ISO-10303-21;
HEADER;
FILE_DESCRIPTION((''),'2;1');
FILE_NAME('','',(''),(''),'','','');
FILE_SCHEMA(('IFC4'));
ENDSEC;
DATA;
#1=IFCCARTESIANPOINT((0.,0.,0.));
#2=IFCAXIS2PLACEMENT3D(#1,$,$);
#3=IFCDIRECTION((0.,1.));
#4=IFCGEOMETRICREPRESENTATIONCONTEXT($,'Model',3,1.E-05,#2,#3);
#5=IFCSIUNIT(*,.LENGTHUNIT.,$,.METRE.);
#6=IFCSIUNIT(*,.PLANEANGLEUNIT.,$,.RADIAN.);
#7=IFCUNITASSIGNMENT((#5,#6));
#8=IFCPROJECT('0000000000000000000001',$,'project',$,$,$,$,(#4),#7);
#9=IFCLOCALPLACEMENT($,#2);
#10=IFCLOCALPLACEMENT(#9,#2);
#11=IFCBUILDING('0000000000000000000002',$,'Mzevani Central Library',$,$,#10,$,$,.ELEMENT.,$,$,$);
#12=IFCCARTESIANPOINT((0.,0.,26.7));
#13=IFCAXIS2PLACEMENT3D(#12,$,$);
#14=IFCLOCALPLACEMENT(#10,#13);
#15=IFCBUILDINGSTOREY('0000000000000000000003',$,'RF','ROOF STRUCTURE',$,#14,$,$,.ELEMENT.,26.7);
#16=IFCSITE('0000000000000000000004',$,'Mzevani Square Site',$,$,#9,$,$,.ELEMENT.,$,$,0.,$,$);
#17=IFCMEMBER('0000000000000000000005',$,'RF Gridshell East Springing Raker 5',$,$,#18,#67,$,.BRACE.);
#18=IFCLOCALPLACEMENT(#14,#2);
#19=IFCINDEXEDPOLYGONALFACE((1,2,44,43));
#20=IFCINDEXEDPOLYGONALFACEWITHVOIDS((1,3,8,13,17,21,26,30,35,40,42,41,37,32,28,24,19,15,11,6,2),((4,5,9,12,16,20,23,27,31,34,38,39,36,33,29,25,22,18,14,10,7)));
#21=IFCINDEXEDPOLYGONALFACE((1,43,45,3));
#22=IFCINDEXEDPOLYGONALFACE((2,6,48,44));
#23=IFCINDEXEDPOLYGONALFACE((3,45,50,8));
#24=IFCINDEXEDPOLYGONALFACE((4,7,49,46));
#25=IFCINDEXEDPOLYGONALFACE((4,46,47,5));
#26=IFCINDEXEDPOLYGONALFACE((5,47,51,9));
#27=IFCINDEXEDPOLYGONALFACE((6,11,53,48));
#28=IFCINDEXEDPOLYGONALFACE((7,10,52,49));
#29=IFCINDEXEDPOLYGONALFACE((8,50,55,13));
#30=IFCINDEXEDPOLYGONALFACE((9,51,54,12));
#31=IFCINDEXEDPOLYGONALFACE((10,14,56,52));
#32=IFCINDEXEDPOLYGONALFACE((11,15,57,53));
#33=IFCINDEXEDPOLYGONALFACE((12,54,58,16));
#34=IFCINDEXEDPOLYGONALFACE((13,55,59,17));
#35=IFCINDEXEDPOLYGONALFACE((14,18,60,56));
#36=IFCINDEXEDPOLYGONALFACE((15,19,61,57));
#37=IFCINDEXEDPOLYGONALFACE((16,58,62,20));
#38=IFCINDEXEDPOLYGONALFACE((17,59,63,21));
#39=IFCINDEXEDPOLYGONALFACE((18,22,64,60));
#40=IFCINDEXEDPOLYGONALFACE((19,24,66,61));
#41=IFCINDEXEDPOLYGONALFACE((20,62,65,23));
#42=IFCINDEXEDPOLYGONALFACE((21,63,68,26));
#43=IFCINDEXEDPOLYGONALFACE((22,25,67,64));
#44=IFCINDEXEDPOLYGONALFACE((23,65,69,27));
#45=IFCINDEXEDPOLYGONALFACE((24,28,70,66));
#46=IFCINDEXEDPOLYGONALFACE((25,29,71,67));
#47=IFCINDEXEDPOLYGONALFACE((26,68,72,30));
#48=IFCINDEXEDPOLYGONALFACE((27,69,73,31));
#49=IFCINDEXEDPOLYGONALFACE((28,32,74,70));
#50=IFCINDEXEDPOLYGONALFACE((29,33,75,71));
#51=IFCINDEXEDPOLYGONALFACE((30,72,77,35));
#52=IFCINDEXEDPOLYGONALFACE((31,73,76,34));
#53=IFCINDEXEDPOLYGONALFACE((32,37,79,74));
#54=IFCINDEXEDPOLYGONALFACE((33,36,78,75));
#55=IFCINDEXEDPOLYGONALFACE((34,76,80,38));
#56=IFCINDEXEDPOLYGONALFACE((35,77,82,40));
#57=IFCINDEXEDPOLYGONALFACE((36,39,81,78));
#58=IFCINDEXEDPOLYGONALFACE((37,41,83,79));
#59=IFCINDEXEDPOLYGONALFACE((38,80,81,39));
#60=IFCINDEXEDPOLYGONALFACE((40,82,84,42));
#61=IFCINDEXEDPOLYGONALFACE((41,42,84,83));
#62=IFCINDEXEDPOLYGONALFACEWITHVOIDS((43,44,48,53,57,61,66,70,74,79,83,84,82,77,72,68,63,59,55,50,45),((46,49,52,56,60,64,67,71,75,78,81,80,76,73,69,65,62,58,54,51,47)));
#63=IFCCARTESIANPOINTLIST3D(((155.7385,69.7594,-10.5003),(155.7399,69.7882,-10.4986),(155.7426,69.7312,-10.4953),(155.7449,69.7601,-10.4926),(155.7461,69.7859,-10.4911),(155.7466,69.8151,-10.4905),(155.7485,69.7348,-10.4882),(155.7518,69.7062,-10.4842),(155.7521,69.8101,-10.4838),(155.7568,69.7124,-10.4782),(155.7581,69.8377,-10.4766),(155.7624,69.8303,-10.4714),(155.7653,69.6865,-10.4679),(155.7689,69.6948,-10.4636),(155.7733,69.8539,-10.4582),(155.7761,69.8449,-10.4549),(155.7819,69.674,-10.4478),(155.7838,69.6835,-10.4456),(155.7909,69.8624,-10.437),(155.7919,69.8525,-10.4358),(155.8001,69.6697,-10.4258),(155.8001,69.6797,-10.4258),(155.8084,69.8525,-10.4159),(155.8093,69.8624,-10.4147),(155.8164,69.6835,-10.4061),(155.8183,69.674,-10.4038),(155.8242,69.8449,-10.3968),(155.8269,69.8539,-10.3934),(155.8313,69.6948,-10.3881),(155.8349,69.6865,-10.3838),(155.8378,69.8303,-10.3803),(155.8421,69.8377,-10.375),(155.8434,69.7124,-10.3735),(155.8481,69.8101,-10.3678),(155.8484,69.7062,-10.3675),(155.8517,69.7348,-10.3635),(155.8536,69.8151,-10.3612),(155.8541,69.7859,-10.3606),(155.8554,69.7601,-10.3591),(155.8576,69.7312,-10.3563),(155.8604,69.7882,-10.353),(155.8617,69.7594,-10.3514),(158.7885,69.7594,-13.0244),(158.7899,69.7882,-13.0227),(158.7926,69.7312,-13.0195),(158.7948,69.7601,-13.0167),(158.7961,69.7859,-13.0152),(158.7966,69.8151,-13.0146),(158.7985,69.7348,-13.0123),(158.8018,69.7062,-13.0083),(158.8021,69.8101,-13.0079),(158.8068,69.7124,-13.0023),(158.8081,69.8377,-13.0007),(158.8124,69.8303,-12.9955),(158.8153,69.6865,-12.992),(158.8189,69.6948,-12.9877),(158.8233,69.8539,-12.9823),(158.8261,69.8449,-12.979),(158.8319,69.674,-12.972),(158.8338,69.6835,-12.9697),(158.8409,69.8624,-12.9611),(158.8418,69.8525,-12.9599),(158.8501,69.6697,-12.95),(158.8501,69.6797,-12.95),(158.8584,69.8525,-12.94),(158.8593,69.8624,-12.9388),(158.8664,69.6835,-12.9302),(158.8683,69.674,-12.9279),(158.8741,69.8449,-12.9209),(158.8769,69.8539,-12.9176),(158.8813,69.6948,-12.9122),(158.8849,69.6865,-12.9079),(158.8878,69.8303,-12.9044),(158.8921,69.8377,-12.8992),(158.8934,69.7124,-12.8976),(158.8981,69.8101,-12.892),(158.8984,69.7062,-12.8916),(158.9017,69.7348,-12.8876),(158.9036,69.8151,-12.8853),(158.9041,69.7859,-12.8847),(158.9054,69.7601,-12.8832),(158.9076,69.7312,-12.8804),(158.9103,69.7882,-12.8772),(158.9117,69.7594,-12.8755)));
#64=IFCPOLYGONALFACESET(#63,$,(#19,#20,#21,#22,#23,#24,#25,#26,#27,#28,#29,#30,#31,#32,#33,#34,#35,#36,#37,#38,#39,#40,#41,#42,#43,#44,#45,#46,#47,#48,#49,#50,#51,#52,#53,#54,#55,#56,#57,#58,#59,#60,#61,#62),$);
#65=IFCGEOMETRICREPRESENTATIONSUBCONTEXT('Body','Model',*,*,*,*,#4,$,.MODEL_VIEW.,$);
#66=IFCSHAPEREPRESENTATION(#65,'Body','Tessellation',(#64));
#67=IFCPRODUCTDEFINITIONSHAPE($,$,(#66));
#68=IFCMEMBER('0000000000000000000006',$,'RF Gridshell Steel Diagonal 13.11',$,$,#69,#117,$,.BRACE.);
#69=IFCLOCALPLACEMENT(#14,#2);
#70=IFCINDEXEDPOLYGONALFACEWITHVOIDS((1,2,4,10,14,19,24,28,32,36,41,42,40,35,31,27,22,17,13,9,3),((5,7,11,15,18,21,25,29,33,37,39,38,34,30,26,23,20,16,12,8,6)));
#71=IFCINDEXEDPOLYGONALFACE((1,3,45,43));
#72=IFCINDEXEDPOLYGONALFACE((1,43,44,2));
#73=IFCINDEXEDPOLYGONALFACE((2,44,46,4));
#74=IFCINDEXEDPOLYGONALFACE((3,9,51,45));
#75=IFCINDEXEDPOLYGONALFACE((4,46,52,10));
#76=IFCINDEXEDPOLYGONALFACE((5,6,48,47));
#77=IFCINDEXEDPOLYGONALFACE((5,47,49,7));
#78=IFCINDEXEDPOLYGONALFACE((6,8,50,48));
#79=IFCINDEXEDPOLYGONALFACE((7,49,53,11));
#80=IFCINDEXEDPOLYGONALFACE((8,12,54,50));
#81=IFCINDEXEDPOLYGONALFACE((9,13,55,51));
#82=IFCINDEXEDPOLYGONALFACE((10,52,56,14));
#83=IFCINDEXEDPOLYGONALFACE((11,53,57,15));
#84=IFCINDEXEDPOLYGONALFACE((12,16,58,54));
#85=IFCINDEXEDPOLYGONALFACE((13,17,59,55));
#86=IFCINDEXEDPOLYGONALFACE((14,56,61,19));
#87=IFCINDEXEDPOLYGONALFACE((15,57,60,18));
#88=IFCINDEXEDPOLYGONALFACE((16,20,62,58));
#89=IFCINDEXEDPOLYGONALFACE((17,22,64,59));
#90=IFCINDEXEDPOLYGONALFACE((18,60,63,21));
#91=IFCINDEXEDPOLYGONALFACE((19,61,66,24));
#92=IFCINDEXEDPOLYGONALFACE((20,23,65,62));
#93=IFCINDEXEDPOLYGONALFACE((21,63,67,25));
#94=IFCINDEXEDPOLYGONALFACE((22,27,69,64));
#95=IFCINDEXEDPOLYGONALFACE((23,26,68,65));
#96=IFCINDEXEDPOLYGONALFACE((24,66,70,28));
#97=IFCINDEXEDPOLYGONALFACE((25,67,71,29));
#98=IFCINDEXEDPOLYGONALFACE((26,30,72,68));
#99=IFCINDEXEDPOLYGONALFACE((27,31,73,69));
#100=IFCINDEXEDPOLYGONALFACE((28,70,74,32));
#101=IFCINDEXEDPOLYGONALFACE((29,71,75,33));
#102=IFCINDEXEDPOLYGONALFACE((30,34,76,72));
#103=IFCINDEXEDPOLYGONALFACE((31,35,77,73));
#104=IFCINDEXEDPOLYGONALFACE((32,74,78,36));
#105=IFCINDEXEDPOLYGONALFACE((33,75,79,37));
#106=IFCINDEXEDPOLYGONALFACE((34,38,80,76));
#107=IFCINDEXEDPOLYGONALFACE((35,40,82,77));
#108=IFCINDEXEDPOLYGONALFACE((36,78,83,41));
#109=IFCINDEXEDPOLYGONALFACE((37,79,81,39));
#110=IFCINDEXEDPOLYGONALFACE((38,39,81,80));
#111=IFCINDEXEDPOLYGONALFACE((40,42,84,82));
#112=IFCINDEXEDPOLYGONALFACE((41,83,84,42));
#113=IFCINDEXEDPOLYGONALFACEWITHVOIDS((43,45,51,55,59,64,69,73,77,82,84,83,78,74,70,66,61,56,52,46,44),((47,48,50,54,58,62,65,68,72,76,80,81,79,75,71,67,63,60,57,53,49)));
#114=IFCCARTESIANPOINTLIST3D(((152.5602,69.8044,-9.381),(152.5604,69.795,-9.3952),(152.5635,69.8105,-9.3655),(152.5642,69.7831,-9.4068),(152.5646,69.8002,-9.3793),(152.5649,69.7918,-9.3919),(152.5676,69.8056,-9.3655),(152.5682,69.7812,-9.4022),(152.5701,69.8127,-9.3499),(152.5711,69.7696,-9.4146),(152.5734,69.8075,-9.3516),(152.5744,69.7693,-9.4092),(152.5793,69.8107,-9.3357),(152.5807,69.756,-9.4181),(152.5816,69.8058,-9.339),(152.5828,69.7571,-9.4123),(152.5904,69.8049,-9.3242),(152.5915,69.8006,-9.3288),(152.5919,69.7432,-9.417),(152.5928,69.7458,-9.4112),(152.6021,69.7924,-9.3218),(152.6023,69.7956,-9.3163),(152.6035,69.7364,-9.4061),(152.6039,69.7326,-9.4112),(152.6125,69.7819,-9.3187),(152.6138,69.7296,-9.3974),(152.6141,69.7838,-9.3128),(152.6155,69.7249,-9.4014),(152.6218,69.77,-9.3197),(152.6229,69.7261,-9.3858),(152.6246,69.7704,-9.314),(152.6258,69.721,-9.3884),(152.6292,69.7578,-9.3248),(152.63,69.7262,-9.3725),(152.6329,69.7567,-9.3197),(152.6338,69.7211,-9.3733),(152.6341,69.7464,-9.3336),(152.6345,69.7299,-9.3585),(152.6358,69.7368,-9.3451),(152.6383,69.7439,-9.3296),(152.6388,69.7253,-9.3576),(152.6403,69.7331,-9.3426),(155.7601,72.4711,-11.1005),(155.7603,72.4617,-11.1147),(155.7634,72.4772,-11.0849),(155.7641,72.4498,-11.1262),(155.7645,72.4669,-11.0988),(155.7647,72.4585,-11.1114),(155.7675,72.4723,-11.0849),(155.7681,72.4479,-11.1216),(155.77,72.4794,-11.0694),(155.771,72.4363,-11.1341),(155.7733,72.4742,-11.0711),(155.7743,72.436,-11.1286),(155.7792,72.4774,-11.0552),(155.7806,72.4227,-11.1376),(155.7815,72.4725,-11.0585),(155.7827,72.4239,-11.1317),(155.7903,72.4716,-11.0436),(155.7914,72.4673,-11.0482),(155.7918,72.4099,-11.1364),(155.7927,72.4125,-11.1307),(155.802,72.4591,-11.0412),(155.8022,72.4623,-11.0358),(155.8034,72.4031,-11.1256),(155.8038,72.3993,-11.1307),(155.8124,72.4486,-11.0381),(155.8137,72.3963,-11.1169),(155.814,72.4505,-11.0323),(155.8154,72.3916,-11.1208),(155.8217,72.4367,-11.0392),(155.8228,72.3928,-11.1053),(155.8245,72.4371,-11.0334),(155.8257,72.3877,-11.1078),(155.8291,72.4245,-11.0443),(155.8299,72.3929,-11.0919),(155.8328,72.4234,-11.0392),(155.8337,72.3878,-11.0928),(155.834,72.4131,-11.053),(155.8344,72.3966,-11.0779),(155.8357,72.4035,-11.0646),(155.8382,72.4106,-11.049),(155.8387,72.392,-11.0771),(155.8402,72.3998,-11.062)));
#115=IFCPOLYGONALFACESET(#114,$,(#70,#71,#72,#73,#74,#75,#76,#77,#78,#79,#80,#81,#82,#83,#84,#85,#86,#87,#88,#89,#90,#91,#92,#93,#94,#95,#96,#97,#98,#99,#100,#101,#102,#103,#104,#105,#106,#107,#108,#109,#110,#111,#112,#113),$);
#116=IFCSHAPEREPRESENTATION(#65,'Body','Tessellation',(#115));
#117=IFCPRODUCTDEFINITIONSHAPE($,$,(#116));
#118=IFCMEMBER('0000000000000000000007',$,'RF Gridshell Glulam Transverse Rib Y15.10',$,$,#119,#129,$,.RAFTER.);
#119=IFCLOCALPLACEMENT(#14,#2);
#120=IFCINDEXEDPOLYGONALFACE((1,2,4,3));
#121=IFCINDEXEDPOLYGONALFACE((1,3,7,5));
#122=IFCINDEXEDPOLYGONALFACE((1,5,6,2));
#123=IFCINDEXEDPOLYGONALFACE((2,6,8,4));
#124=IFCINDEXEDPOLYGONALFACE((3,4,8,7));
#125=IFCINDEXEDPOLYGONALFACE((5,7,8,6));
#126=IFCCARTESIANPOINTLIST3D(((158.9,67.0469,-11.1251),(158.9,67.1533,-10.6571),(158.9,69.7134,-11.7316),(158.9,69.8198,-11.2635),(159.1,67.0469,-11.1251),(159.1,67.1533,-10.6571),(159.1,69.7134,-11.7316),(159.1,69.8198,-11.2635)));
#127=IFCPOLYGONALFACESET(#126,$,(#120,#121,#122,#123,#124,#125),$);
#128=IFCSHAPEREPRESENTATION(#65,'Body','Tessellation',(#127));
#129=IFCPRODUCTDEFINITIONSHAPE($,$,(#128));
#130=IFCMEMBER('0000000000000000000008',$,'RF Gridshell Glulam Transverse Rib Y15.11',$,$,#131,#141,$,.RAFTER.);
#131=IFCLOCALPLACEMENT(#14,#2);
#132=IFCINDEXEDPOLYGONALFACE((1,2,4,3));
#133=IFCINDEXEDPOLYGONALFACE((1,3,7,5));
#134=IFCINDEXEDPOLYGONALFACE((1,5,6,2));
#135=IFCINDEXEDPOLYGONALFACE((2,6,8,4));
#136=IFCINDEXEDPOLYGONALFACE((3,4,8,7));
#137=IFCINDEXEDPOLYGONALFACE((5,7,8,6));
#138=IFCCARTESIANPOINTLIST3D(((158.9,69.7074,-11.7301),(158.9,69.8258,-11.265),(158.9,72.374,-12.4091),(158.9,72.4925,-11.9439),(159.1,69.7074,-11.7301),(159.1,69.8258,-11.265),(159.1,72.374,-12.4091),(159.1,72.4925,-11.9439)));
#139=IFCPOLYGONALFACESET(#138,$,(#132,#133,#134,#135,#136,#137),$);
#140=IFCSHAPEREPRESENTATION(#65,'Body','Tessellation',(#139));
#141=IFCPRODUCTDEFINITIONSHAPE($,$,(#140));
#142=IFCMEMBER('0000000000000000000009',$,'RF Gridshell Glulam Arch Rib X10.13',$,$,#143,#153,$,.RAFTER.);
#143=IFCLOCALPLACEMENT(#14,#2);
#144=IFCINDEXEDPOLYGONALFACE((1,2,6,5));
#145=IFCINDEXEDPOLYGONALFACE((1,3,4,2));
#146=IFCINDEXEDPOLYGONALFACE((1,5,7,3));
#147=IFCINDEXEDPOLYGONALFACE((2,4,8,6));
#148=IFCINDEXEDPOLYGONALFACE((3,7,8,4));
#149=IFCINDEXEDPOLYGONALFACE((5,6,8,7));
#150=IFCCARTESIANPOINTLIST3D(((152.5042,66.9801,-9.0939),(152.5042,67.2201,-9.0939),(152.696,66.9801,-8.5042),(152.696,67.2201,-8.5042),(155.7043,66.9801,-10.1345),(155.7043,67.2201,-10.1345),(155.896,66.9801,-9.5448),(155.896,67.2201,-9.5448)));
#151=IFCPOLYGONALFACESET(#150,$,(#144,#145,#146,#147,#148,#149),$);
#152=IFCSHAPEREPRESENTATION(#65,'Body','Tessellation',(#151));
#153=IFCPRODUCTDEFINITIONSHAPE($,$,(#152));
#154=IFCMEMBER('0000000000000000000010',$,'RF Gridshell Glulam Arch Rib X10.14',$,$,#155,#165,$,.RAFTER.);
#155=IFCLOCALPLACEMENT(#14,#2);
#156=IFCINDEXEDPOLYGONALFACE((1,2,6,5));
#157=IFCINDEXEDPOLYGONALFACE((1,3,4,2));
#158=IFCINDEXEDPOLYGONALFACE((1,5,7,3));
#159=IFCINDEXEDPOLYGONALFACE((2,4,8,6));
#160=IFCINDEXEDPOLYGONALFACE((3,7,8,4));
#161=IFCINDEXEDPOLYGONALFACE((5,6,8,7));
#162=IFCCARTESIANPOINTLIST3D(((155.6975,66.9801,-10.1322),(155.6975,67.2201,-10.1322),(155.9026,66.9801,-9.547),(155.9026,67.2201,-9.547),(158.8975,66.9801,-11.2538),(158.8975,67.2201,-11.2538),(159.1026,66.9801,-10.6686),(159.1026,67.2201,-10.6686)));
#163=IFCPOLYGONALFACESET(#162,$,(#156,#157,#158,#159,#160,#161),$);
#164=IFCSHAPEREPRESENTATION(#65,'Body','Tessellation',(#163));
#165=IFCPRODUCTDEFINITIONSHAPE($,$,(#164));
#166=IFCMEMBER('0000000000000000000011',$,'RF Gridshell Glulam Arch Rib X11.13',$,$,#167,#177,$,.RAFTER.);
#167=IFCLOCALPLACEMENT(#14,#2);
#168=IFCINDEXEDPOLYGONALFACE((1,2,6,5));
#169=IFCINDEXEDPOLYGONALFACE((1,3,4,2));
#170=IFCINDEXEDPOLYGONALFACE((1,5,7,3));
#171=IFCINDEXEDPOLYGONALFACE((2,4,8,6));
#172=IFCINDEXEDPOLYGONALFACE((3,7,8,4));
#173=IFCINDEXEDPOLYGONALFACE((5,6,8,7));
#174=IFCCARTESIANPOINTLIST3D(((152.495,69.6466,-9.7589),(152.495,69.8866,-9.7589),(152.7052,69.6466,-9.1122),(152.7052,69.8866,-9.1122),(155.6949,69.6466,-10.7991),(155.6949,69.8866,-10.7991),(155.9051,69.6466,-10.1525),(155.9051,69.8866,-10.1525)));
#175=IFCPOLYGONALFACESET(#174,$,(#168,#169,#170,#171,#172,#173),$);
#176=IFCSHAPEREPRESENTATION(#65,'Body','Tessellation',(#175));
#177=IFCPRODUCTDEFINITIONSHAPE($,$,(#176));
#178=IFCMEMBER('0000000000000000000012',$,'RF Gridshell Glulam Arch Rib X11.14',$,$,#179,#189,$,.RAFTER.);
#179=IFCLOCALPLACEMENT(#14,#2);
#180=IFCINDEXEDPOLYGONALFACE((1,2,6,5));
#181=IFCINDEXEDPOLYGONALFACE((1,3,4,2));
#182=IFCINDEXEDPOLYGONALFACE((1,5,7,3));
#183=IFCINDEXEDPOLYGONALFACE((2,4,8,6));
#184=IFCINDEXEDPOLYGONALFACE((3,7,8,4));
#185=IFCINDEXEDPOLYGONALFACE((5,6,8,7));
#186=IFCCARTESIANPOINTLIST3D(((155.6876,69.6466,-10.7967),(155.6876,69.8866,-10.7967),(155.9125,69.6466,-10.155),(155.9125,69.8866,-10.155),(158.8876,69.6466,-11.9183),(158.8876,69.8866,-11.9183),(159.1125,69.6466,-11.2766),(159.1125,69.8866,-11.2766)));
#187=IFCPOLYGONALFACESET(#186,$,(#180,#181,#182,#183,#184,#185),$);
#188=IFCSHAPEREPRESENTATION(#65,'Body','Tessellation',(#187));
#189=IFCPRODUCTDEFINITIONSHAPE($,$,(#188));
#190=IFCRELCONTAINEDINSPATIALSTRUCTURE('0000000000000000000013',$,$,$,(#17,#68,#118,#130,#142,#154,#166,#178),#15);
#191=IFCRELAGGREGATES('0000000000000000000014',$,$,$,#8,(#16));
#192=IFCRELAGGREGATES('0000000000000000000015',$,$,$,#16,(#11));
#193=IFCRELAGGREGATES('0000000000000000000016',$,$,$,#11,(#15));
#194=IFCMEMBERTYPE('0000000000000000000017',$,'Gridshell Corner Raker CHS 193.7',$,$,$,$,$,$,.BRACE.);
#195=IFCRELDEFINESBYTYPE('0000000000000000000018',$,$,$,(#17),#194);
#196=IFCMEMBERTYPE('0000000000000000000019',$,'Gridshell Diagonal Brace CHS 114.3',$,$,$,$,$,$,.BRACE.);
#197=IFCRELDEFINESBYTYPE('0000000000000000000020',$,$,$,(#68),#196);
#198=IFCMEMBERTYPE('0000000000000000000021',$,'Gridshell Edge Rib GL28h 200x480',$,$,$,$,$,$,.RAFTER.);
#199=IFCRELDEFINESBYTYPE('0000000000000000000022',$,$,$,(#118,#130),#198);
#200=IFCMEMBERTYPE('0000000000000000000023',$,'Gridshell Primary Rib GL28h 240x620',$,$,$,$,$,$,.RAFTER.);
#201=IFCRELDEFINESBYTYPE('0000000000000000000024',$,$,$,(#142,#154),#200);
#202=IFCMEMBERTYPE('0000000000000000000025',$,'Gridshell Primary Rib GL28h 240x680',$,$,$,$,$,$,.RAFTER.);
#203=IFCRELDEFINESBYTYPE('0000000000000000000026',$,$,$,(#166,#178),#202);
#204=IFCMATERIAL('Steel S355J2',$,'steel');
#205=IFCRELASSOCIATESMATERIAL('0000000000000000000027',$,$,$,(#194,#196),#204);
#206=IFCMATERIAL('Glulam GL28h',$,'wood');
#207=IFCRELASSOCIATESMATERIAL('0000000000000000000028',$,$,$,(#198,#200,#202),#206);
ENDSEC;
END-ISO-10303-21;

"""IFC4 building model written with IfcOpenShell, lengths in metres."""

from ifc_helpers import new_model, si_unit, direction, frame, origin, origin_2d, place, context, subcontext, project, spatial, rectangle, hollow_circle, extrude, material, material_profile, profile_set, type_object, element, save


model = new_model("IFC4")

# Units and contexts
model_context = context("Model", 3, precision=1e-05, world=origin(), true_north=direction((0.0, 1.0)))
body_context = subcontext(model_context, "Body", "Model", "MODEL_VIEW")
ifc_project = project(units=[si_unit("LENGTHUNIT", "METRE"), si_unit("PLANEANGLEUNIT", "RADIAN")], contexts=[model_context])

# Site, building, storey
site_placement = place(None, origin())
site = spatial("IfcSite", under=ifc_project, at=site_placement, Name="Mzevani Square Site", CompositionType="ELEMENT", RefElevation=0.0)
building_placement = place(site_placement, origin())
building = spatial("IfcBuilding", under=site, at=building_placement, Name="Mzevani Central Library", CompositionType="ELEMENT")
storey_placement = place(building_placement, frame((0.0, 0.0, 26.7)))
storey = spatial("IfcBuildingStorey", under=building, at=storey_placement, Name="RF", Description="ROOF STRUCTURE", CompositionType="ELEMENT", Elevation=26.7)

# Members
ifc_material_1 = material(Name="Steel S355J2", Category="steel")
ifc_material_profile_1 = material_profile(ifc_material_1, hollow_circle(Radius=0.0969, WallThickness=0.01, at=origin_2d()), Name="CHS 193.7x10.0")
ifc_profile_set_1 = profile_set([ifc_material_profile_1], Name="Steel S355J2")
member_type_1 = type_object("IfcMemberType", Name="Gridshell Corner Raker CHS 193.7", PredefinedType="BRACE", material=ifc_profile_set_1)
member_1_placement = place(storey_placement, frame((158.8501, 69.7666, -12.95), z_axis=(-0.770395, 0.0, 0.637566), x_axis=(0.0, -1.0, 0.0)))
element("IfcMember", 1, at=member_1_placement, inside=storey, type_object=member_type_1, Name="RF Gridshell East Springing Raker 5", PredefinedType="BRACE", context=body_context, shape_type="SweptSolid", body=[
    extrude(hollow_circle(Radius=0.0969, WallThickness=0.01, at=origin_2d()), origin(), (0.0, 0.0, 1.0), 3.959),
])
ifc_material_profile_2 = material_profile(ifc_material_1, hollow_circle(Radius=0.0571, WallThickness=0.0063, at=origin_2d()), Name="CHS 114.3x6.3")
ifc_profile_set_2 = profile_set([ifc_material_profile_2], Name="Steel S355J2")
member_type_2 = type_object("IfcMemberType", Name="Gridshell Diagonal Brace CHS 114.3", PredefinedType="BRACE", material=ifc_profile_set_2)
member_2_placement = place(storey_placement, frame((152.6001, 69.7666, -9.3655), z_axis=(0.710087, 0.591766, -0.381563), x_axis=(-0.640202, 0.768207, 0.0)))
element("IfcMember", 2, at=member_2_placement, inside=storey, type_object=member_type_2, Name="RF Gridshell Steel Diagonal 13.11", PredefinedType="BRACE", context=body_context, shape_type="SweptSolid", body=[
    extrude(hollow_circle(Radius=0.0571, WallThickness=0.0063, at=origin_2d()), origin(), (0.0, 0.0, 1.0), 4.5063),
])
ifc_material_2 = material(Name="Glulam GL28h", Category="wood")
ifc_material_profile_3 = material_profile(ifc_material_2, rectangle(XDim=0.2, YDim=0.48, at=origin_2d()), Name="GL28h 200x480")
ifc_profile_set_3 = profile_set([ifc_material_profile_3], Name="Glulam GL28h")
member_type_3 = type_object("IfcMemberType", Name="Gridshell Edge Rib GL28h 200x480", PredefinedType="RAFTER", material=ifc_profile_set_3)
member_3_placement = place(storey_placement, frame((159.0, 67.1001, -10.8911), z_axis=(0.0, 0.9751, -0.221768), x_axis=(-1.0, 0.0, 0.0)))
element("IfcMember", 3, at=member_3_placement, inside=storey, type_object=member_type_3, Name="RF Gridshell Glulam Transverse Rib Y15.10", PredefinedType="RAFTER", context=body_context, shape_type="SweptSolid", body=[
    extrude(rectangle(XDim=0.2, YDim=0.48, at=origin_2d()), origin(), (0.0, 0.0, 1.0), 2.7346),
])
member_4_placement = place(storey_placement, frame((159.0, 69.7666, -11.4976), z_axis=(0.0, 0.969084, -0.246729), x_axis=(-1.0, 0.0, 0.0)))
element("IfcMember", 4, at=member_4_placement, inside=storey, type_object=member_type_3, Name="RF Gridshell Glulam Transverse Rib Y15.11", PredefinedType="RAFTER", context=body_context, shape_type="SweptSolid", body=[
    extrude(rectangle(XDim=0.2, YDim=0.48, at=origin_2d()), origin(), (0.0, 0.0, 1.0), 2.7517),
])
ifc_material_profile_4 = material_profile(ifc_material_2, rectangle(XDim=0.24, YDim=0.6201, at=origin_2d()), Name="GL28h 240x620")
ifc_profile_set_4 = profile_set([ifc_material_profile_4], Name="Glulam GL28h")
member_type_4 = type_object("IfcMemberType", Name="Gridshell Primary Rib GL28h 240x620", PredefinedType="RAFTER", material=ifc_profile_set_4)
member_5_placement = place(storey_placement, frame((152.6001, 67.1001, -8.7991), z_axis=(0.950987, 0.0, -0.309232), x_axis=(0.0, 1.0, 0.0)))
element("IfcMember", 5, at=member_5_placement, inside=storey, type_object=member_type_4, Name="RF Gridshell Glulam Arch Rib X10.13", PredefinedType="RAFTER", context=body_context, shape_type="SweptSolid", body=[
    extrude(rectangle(XDim=0.24, YDim=0.6201, at=origin_2d()), origin(), (0.0, 0.0, 1.0), 3.365),
])
member_6_placement = place(storey_placement, frame((155.8, 67.1001, -9.8396), z_axis=(0.943711, 0.0, -0.330771), x_axis=(0.0, 1.0, 0.0)))
element("IfcMember", 6, at=member_6_placement, inside=storey, type_object=member_type_4, Name="RF Gridshell Glulam Arch Rib X10.14", PredefinedType="RAFTER", context=body_context, shape_type="SweptSolid", body=[
    extrude(rectangle(XDim=0.24, YDim=0.6201, at=origin_2d()), origin(), (0.0, 0.0, 1.0), 3.3909),
])
ifc_material_profile_5 = material_profile(ifc_material_2, rectangle(XDim=0.24, YDim=0.6799, at=origin_2d()), Name="GL28h 240x680")
ifc_profile_set_5 = profile_set([ifc_material_profile_5], Name="Glulam GL28h")
member_type_5 = type_object("IfcMemberType", Name="Gridshell Primary Rib GL28h 240x680", PredefinedType="RAFTER", material=ifc_profile_set_5)
member_7_placement = place(storey_placement, frame((152.6001, 69.7666, -9.4355), z_axis=(0.951008, 0.0, -0.309166), x_axis=(0.0, 1.0, 0.0)))
element("IfcMember", 7, at=member_7_placement, inside=storey, type_object=member_type_5, Name="RF Gridshell Glulam Arch Rib X11.13", PredefinedType="RAFTER", context=body_context, shape_type="SweptSolid", body=[
    extrude(rectangle(XDim=0.24, YDim=0.6799, at=origin_2d()), origin(), (0.0, 0.0, 1.0), 3.3647),
])
member_8_placement = place(storey_placement, frame((155.8, 69.7666, -10.4758), z_axis=(0.943711, 0.0, -0.330771), x_axis=(0.0, 1.0, 0.0)))
element("IfcMember", 8, at=member_8_placement, inside=storey, type_object=member_type_5, Name="RF Gridshell Glulam Arch Rib X11.14", PredefinedType="RAFTER", context=body_context, shape_type="SweptSolid", body=[
    extrude(rectangle(XDim=0.24, YDim=0.6799, at=origin_2d()), origin(), (0.0, 0.0, 1.0), 3.3909),
])

save(model, "model.ifc")
